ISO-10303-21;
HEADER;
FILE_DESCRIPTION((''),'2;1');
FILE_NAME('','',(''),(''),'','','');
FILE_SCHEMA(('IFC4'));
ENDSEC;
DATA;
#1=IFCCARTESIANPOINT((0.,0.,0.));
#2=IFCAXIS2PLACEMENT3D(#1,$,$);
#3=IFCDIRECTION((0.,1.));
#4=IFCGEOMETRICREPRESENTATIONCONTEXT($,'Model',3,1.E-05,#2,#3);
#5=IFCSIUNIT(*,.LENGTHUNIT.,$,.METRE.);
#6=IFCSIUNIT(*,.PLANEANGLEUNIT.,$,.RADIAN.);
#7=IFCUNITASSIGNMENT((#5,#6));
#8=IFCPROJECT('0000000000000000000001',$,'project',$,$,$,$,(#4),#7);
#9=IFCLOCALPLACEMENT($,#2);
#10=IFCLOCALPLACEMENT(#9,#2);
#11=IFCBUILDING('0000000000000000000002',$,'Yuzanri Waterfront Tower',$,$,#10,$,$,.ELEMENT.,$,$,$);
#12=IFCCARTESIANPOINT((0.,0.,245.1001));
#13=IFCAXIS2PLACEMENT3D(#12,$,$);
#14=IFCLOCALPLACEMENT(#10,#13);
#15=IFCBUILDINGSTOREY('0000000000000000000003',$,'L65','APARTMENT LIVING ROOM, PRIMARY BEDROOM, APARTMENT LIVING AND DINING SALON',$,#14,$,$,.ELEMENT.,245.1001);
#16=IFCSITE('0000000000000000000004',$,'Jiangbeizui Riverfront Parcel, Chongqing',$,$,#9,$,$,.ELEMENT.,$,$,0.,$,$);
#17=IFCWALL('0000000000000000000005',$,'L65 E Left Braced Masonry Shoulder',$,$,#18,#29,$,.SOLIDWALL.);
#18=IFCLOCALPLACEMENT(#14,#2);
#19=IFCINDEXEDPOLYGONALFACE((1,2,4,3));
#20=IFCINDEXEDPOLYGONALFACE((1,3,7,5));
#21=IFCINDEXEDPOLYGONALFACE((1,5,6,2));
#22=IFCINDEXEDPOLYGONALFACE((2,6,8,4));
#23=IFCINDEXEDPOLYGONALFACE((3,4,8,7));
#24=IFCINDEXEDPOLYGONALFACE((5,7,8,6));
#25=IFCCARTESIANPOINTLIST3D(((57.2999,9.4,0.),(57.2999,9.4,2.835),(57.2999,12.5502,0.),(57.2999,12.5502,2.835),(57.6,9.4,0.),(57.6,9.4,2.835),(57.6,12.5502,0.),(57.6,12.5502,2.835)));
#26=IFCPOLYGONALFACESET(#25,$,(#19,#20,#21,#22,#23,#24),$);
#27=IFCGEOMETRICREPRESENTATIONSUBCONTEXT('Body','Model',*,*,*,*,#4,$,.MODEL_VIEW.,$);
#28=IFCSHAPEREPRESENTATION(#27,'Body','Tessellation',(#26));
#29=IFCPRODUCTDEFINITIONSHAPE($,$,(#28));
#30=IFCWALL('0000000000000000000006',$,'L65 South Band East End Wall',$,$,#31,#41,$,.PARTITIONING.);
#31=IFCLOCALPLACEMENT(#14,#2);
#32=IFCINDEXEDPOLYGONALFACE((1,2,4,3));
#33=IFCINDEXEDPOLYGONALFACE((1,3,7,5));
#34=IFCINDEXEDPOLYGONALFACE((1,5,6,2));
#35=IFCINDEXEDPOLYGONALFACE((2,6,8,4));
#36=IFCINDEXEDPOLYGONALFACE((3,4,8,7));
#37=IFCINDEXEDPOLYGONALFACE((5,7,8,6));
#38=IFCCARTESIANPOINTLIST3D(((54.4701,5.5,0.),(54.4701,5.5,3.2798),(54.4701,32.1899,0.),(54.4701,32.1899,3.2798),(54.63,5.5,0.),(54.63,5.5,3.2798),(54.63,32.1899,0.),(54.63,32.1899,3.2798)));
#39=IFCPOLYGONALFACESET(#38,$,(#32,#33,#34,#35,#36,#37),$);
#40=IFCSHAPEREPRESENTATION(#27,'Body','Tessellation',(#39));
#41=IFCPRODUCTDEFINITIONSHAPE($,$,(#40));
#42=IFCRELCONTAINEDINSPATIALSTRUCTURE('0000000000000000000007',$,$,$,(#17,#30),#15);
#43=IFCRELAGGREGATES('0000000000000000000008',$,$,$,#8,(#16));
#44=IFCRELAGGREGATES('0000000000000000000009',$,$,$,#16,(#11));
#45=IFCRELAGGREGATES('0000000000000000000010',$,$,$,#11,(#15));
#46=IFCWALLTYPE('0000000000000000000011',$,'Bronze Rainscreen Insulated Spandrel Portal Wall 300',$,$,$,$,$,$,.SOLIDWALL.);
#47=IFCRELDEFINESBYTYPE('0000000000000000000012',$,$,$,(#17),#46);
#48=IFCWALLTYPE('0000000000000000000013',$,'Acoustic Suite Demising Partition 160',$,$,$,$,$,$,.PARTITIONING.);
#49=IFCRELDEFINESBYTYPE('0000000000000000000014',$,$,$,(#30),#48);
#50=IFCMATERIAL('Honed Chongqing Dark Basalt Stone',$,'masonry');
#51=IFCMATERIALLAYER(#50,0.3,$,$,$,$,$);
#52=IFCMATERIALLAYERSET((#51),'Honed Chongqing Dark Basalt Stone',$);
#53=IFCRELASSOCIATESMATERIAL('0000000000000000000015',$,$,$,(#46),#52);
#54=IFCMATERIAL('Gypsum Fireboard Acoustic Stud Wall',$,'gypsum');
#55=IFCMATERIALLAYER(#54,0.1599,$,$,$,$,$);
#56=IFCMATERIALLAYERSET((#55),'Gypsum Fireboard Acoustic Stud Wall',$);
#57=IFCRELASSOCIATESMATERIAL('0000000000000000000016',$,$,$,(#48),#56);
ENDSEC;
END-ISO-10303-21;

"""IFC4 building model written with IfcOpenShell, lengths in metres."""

from ifc_helpers import new_model, si_unit, direction, frame, frame_2d, origin, place, context, subcontext, project, spatial, rectangle, extrude, source, transform, mapped, material, layer, layer_set, type_object, element, save


model = new_model("IFC4")

# Units and contexts
model_context = context("Model", 3, precision=1e-05, world=origin(), true_north=direction((0.0, 1.0)))
body_context = subcontext(model_context, "Body", "Model", "MODEL_VIEW")
ifc_project = project(units=[si_unit("LENGTHUNIT", "METRE"), si_unit("PLANEANGLEUNIT", "RADIAN")], contexts=[model_context])

# Site, building, storey
site_placement = place(None, origin())
site = spatial("IfcSite", under=ifc_project, at=site_placement, Name="Jiangbeizui Riverfront Parcel, Chongqing", CompositionType="ELEMENT", RefElevation=0.0)
building_placement = place(site_placement, origin())
building = spatial("IfcBuilding", under=site, at=building_placement, Name="Yuzanri Waterfront Tower", CompositionType="ELEMENT")
storey_placement = place(building_placement, frame((0.0, 0.0, 245.1001)))
storey = spatial("IfcBuildingStorey", under=building, at=storey_placement, Name="L65", Description="APARTMENT LIVING ROOM, PRIMARY BEDROOM, APARTMENT LIVING AND DINING SALON", CompositionType="ELEMENT", Elevation=245.1001)

# Shared definitions
ifc_material_1 = material(Name="Honed Chongqing Dark Basalt Stone", Category="masonry")
ifc_layer_1 = layer(ifc_material_1, 0.3)
ifc_layer_set_1 = layer_set([ifc_layer_1], Name="Honed Chongqing Dark Basalt Stone")
wall_type_1 = type_object("IfcWallType", Name="Bronze Rainscreen Insulated Spandrel Portal Wall 300", PredefinedType="SOLIDWALL", material=ifc_layer_set_1)

# Walls
shared_shape_1 = source(origin(), body_context, "Body", "SweptSolid", [
    extrude(rectangle(XDim=3.1501, YDim=0.3, at=frame_2d((1.5752, 0.0))), origin(), (0.0, 0.0, 1.0), 2.835),
])
wall_1_placement = place(storey_placement, frame((57.45, 9.3999, 0.0), z_axis=(0.0, 0.0, 1.0), x_axis=(0.0, 1.0, 0.0)))
element("IfcWall", 1, at=wall_1_placement, inside=storey, type_object=wall_type_1, Name="L65 E Left Braced Masonry Shoulder", PredefinedType="SOLIDWALL", context=body_context, shape_type="MappedRepresentation", body=[
    mapped(shared_shape_1, transform((0.0, 0.0, 0.0), scale=1.0)),
])
ifc_material_2 = material(Name="Gypsum Fireboard Acoustic Stud Wall", Category="gypsum")
ifc_layer_2 = layer(ifc_material_2, 0.1599)
ifc_layer_set_2 = layer_set([ifc_layer_2], Name="Gypsum Fireboard Acoustic Stud Wall")
wall_type_2 = type_object("IfcWallType", Name="Acoustic Suite Demising Partition 160", PredefinedType="PARTITIONING", material=ifc_layer_set_2)
shared_shape_2 = source(origin(), body_context, "Body", "SweptSolid", [
    extrude(rectangle(XDim=26.6899, YDim=0.1599, at=frame_2d((13.345, 0.0))), origin(), (0.0, 0.0, 1.0), 3.2798),
])
wall_2_placement = place(storey_placement, frame((54.55, 5.5, 0.0), z_axis=(0.0, 0.0, 1.0), x_axis=(0.0, 1.0, 0.0)))
element("IfcWall", 2, at=wall_2_placement, inside=storey, type_object=wall_type_2, Name="L65 South Band East End Wall", PredefinedType="PARTITIONING", context=body_context, shape_type="MappedRepresentation", body=[
    mapped(shared_shape_2, transform((0.0, 0.0, 0.0), scale=1.0)),
])

save(model, "model.ifc")
